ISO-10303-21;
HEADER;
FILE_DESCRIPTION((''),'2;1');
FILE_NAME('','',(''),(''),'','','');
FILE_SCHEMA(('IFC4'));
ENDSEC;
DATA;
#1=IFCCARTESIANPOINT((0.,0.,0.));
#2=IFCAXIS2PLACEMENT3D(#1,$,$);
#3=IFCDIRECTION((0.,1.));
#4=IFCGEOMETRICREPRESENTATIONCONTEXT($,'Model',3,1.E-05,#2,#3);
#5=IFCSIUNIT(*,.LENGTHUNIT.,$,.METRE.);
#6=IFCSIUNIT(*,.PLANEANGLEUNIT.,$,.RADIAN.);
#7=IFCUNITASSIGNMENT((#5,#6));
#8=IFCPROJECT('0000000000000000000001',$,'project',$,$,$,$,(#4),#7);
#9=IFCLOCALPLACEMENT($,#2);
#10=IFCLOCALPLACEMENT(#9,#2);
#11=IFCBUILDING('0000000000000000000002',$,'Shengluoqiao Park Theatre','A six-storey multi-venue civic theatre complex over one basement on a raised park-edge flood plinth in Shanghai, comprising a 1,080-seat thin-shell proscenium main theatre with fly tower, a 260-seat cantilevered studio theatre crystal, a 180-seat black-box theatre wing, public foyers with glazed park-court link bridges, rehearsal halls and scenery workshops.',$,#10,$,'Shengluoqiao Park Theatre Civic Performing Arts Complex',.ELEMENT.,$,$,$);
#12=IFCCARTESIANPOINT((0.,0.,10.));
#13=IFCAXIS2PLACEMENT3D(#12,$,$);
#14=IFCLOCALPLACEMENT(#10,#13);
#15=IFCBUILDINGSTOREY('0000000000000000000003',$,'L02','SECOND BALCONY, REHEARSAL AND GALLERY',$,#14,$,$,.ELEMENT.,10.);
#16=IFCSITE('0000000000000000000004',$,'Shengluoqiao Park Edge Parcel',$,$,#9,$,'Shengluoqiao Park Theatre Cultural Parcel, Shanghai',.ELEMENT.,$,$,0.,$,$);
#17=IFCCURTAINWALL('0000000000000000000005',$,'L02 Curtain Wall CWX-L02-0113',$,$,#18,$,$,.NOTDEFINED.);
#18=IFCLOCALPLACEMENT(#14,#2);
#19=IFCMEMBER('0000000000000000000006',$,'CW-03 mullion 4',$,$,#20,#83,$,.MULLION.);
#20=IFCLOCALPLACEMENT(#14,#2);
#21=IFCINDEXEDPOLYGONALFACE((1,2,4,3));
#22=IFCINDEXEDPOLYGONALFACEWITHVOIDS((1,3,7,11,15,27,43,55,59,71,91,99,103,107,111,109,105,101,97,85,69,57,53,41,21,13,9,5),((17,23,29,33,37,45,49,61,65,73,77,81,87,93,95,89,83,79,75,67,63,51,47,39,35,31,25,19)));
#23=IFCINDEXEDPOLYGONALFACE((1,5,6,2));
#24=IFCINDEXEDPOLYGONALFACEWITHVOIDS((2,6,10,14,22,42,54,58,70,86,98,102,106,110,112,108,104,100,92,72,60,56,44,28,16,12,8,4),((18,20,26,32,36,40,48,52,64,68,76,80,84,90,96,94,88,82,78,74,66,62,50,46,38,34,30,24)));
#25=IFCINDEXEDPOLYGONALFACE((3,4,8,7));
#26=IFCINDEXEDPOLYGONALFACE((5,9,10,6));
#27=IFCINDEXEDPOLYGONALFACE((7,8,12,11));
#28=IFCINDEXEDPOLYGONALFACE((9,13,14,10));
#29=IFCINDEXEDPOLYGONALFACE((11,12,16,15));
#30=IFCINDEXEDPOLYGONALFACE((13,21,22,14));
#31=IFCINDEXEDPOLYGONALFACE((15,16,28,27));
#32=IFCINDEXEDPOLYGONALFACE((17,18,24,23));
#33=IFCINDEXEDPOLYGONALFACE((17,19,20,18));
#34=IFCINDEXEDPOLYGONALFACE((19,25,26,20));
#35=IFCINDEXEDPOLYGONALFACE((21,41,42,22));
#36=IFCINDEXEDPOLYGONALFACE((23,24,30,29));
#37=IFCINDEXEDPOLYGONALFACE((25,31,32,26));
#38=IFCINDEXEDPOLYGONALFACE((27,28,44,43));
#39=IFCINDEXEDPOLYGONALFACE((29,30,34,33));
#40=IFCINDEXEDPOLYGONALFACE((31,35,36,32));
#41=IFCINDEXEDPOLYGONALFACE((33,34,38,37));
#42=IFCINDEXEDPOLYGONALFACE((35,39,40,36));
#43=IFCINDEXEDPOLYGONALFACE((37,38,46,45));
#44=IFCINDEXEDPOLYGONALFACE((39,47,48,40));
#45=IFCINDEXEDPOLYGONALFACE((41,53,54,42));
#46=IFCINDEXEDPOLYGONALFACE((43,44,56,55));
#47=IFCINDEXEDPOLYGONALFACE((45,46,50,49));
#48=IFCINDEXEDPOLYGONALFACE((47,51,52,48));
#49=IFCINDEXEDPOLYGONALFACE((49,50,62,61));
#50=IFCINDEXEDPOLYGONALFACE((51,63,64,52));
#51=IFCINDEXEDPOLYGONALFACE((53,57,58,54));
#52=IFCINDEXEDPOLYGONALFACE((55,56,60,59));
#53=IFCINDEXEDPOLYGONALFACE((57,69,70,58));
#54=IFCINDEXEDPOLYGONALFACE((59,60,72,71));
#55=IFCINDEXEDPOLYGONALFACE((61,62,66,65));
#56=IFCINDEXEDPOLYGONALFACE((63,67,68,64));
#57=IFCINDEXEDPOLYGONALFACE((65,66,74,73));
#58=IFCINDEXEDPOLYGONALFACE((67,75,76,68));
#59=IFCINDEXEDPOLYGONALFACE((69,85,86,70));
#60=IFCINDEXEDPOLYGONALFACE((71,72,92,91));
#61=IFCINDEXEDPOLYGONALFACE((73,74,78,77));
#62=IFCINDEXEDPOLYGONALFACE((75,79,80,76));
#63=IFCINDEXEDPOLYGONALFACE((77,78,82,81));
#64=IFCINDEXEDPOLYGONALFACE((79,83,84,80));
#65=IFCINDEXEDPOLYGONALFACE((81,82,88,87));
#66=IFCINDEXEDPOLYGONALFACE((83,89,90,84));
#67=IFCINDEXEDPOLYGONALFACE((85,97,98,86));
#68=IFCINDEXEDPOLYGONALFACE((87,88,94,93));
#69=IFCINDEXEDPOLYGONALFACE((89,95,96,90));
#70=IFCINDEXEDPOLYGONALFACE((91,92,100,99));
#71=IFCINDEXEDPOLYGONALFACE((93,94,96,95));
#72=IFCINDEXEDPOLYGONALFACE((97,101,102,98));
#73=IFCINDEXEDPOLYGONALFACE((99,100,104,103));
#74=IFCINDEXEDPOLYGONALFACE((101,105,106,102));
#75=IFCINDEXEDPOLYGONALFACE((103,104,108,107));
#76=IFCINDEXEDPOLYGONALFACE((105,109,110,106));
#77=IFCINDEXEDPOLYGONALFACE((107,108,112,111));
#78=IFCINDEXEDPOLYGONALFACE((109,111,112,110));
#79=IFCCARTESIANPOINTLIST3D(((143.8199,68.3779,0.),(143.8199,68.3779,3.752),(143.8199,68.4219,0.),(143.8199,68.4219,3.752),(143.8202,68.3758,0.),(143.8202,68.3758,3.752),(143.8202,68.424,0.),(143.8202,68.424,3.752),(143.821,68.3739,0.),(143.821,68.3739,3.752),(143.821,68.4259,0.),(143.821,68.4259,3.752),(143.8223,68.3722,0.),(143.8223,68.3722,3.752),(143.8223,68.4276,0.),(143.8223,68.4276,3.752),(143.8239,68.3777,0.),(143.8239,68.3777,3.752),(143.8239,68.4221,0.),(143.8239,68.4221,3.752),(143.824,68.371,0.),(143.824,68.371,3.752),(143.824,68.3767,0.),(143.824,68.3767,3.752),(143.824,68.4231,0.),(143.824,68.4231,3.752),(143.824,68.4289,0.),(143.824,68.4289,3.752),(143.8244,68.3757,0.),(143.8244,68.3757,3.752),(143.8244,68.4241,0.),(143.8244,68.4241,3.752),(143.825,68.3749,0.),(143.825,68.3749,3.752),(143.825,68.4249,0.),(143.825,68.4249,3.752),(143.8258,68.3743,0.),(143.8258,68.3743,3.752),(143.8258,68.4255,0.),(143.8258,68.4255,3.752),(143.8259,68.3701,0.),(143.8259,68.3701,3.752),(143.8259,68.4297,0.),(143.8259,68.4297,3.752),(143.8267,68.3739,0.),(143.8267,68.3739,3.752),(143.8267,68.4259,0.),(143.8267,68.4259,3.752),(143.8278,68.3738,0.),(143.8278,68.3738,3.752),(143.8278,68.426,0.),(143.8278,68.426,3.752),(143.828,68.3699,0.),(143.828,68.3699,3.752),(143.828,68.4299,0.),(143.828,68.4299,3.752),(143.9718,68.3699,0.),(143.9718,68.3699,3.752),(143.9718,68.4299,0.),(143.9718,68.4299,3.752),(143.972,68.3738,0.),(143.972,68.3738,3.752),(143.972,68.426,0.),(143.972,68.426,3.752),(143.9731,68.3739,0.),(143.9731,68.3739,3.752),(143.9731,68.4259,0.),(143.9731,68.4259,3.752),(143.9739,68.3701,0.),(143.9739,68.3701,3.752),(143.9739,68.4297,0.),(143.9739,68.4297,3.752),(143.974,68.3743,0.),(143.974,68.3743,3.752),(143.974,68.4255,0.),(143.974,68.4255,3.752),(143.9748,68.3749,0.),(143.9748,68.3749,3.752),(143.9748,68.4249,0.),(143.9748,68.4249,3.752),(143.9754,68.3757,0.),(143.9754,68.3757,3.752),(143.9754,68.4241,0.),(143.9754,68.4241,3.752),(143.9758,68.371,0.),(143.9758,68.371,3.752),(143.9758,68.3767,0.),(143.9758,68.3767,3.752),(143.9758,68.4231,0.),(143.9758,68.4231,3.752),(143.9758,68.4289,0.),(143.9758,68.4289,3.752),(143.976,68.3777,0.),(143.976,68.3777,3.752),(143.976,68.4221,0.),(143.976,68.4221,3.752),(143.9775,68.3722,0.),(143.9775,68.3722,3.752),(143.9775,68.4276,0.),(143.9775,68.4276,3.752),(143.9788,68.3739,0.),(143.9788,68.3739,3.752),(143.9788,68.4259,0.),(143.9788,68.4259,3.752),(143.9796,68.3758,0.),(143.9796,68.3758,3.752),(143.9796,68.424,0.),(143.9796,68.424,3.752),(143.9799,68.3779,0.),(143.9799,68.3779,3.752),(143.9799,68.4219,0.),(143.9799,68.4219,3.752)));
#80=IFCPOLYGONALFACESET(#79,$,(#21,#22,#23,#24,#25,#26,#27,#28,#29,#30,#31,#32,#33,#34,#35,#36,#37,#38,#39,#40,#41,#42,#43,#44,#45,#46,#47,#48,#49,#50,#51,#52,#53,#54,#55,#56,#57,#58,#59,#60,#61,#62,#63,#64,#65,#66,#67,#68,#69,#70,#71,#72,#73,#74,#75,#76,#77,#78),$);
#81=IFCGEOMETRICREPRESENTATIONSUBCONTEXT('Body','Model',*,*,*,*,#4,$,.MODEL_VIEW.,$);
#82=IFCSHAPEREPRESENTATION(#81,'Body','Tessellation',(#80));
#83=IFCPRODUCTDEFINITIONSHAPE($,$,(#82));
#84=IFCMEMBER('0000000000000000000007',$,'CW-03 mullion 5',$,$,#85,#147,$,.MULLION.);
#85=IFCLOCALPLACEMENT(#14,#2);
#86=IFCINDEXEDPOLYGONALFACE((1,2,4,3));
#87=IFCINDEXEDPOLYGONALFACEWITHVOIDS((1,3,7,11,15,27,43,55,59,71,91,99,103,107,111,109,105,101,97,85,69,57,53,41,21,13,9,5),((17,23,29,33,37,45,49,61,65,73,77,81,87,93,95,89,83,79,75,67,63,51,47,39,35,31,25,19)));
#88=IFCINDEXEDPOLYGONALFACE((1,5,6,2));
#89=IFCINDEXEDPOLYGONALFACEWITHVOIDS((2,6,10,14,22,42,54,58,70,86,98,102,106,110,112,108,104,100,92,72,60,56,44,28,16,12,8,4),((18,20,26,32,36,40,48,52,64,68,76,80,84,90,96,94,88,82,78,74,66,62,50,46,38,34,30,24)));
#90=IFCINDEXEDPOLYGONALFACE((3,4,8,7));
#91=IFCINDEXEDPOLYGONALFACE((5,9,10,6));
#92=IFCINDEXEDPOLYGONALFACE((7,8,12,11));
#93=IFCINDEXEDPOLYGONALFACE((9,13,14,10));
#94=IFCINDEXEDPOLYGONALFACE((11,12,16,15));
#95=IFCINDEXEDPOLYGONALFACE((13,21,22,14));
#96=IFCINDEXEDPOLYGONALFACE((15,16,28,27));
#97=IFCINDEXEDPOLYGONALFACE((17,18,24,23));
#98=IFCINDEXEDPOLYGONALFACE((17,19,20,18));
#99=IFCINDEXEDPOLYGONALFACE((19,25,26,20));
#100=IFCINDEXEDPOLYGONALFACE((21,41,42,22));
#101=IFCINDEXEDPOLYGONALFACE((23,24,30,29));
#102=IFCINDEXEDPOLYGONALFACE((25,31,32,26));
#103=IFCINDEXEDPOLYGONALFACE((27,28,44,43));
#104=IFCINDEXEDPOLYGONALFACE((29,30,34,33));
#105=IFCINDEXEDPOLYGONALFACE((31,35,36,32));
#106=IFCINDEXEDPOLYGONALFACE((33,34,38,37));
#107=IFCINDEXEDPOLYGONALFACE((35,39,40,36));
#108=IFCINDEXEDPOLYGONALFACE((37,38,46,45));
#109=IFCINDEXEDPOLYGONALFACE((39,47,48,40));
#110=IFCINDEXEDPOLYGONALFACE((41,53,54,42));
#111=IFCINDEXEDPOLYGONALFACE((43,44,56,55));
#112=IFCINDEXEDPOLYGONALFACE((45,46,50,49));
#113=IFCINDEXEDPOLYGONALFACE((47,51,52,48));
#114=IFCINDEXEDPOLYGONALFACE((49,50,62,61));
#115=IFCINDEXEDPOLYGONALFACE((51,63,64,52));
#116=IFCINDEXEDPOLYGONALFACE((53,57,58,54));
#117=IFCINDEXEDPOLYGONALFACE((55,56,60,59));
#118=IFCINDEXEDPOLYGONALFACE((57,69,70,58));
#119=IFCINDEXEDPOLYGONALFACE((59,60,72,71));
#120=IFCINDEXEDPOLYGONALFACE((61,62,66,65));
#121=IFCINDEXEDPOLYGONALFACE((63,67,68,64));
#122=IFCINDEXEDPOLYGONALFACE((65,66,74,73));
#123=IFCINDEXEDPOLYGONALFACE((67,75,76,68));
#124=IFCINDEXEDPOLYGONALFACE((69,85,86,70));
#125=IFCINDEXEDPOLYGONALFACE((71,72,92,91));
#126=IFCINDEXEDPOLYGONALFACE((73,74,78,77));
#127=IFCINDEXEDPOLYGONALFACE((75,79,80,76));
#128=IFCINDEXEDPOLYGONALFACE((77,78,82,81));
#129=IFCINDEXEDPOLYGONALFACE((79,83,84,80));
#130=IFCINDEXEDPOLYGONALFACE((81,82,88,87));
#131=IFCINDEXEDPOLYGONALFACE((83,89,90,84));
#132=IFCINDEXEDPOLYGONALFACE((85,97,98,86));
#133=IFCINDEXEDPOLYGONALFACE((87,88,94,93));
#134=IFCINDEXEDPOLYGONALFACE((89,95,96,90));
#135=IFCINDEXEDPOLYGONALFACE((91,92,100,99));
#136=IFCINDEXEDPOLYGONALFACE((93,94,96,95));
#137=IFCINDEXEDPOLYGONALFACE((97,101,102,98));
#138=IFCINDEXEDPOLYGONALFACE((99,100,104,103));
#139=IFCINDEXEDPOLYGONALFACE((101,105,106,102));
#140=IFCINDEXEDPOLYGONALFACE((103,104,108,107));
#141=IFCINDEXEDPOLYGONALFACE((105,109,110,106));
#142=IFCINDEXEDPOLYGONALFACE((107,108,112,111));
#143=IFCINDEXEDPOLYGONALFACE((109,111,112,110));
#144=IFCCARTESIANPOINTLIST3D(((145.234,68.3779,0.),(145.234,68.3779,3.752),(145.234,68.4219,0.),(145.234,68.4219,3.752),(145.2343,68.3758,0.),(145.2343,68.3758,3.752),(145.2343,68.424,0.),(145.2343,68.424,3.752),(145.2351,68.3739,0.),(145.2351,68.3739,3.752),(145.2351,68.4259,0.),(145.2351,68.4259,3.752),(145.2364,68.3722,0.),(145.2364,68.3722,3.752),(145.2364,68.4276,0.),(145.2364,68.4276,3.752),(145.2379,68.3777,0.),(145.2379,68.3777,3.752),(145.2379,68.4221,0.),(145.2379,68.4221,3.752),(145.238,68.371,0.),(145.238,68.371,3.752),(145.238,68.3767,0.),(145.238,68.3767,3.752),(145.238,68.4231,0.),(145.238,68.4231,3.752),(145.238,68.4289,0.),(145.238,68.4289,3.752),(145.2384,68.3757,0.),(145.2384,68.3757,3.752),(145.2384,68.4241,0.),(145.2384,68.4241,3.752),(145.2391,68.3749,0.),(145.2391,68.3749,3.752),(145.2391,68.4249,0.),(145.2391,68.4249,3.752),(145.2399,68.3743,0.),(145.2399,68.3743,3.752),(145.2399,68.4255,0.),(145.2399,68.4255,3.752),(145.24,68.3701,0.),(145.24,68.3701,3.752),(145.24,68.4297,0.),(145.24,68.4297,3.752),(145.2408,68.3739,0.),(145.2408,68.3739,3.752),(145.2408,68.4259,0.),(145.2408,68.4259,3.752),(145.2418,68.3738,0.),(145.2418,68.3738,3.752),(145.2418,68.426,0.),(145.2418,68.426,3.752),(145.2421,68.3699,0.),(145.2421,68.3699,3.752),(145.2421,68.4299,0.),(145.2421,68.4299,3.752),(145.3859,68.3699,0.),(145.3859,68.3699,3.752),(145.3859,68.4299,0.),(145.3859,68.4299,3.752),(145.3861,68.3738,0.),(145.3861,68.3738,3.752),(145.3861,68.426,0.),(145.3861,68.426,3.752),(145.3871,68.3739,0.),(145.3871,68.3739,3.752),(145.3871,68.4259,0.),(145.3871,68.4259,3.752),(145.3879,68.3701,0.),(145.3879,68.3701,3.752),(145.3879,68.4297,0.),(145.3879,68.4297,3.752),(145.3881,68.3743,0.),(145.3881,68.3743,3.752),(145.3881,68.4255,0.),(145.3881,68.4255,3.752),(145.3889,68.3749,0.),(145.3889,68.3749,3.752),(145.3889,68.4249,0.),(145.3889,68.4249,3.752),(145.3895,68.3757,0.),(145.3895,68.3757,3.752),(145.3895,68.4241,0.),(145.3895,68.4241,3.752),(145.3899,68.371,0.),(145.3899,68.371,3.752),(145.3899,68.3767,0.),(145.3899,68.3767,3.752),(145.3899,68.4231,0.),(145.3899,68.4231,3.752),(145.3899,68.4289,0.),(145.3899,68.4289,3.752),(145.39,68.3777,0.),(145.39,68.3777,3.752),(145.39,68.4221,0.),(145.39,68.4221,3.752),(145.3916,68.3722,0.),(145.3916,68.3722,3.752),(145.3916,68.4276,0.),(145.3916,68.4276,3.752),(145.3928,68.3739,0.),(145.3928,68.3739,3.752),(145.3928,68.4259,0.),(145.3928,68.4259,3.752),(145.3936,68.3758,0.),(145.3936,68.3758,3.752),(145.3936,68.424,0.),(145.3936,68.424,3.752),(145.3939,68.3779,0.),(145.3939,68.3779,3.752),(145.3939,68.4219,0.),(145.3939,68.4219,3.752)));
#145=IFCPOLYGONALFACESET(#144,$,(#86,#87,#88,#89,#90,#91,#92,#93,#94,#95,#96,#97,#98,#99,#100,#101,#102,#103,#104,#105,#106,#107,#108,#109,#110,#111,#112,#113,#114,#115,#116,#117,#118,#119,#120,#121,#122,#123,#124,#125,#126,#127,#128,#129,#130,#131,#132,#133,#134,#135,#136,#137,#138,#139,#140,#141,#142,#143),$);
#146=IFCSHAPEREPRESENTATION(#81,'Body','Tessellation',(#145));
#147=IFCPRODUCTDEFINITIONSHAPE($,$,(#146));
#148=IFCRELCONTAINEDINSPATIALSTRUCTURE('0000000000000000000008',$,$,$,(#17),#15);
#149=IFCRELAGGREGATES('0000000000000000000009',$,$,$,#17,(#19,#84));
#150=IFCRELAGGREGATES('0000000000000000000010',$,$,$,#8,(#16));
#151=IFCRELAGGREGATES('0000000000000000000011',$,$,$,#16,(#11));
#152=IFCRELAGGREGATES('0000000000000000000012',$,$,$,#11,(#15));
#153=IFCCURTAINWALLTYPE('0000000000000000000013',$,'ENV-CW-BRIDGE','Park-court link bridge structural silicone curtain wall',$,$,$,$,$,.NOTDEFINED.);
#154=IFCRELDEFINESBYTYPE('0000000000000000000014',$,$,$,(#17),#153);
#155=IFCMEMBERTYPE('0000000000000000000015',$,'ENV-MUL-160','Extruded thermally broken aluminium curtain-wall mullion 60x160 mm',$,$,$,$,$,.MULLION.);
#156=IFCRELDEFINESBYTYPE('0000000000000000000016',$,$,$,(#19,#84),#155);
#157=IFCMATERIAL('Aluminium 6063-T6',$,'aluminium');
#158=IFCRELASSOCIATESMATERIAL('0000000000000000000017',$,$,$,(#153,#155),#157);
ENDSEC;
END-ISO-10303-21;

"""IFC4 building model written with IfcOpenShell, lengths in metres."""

from ifc_helpers import new_model, si_unit, direction, frame, origin, origin_2d, place, context, subcontext, project, spatial, hollow_rectangle, extrude, material, material_profile, profile_set, type_object, element, aggregate, save


model = new_model("IFC4")

# Units and contexts
model_context = context("Model", 3, precision=1e-05, world=origin(), true_north=direction((0.0, 1.0)))
body_context = subcontext(model_context, "Body", "Model", "MODEL_VIEW")
ifc_project = project(units=[si_unit("LENGTHUNIT", "METRE"), si_unit("PLANEANGLEUNIT", "RADIAN")], contexts=[model_context])

# Site, building, storey
site_placement = place(None, origin())
site = spatial("IfcSite", under=ifc_project, at=site_placement, Name="Shengluoqiao Park Edge Parcel", LongName="Shengluoqiao Park Theatre Cultural Parcel, Shanghai", CompositionType="ELEMENT", RefElevation=0.0)
building_placement = place(site_placement, origin())
building = spatial("IfcBuilding", under=site, at=building_placement, Name="Shengluoqiao Park Theatre", Description="A six-storey multi-venue civic theatre complex over one basement on a raised park-edge flood plinth in Shanghai, comprising a 1,080-seat thin-shell proscenium main theatre with fly tower, a 260-seat cantilevered studio theatre crystal, a 180-seat black-box theatre wing, public foyers with glazed park-court link bridges, rehearsal halls and scenery workshops.", LongName="Shengluoqiao Park Theatre Civic Performing Arts Complex", CompositionType="ELEMENT")
storey_placement = place(building_placement, frame((0.0, 0.0, 10.0)))
storey = spatial("IfcBuildingStorey", under=building, at=storey_placement, Name="L02", Description="SECOND BALCONY, REHEARSAL AND GALLERY", CompositionType="ELEMENT", Elevation=10.0)

# Curtain wall, members
ifc_material_1 = material(Name="Aluminium 6063-T6", Category="aluminium")
curtain_wall_type = type_object("IfcCurtainWallType", Name="ENV-CW-BRIDGE", Description="Park-court link bridge structural silicone curtain wall", PredefinedType="NOTDEFINED", material=ifc_material_1)
curtain_wall_placement = place(storey_placement, origin())
curtain_wall = element("IfcCurtainWall", 1, at=curtain_wall_placement, inside=storey, type_object=curtain_wall_type, Name="L02 Curtain Wall CWX-L02-0113", PredefinedType="NOTDEFINED")
ifc_material_profile_1 = material_profile(ifc_material_1, hollow_rectangle(XDim=0.0601, YDim=0.1599, WallThickness=0.0039, InnerFilletRadius=0.0039, OuterFilletRadius=0.0081, at=origin_2d()), Name="ALU MULLION 160x60x4")
ifc_profile_set_1 = profile_set([ifc_material_profile_1], Name="Aluminium 6063-T6")
member_type_1 = type_object("IfcMemberType", Name="ENV-MUL-160", Description="Extruded thermally broken aluminium curtain-wall mullion 60x160 mm", PredefinedType="MULLION", material=ifc_profile_set_1)
member_1_placement = place(storey_placement, frame((143.8999, 68.3999, 0.0), z_axis=(0.0, 0.0, 1.0), x_axis=(0.0, 1.0, 0.0)))
member_1 = element("IfcMember", 2, at=member_1_placement, type_object=member_type_1, Name="CW-03 mullion 4", PredefinedType="MULLION", context=body_context, shape_type="SweptSolid", body=[
    extrude(hollow_rectangle(XDim=0.0601, YDim=0.1599, WallThickness=0.0039, InnerFilletRadius=0.0039, OuterFilletRadius=0.0081, at=origin_2d()), origin(), (0.0, 0.0, 1.0), 3.752),
])
member_2_placement = place(storey_placement, frame((145.314, 68.3999, 0.0), z_axis=(0.0, 0.0, 1.0), x_axis=(0.0, 1.0, 0.0)))
member_2 = element("IfcMember", 3, at=member_2_placement, type_object=member_type_1, Name="CW-03 mullion 5", PredefinedType="MULLION", context=body_context, shape_type="SweptSolid", body=[
    extrude(hollow_rectangle(XDim=0.0601, YDim=0.1599, WallThickness=0.0039, InnerFilletRadius=0.0039, OuterFilletRadius=0.0081, at=origin_2d()), origin(), (0.0, 0.0, 1.0), 3.752),
])

aggregate(curtain_wall, [member_1, member_2])

save(model, "model.ifc")
